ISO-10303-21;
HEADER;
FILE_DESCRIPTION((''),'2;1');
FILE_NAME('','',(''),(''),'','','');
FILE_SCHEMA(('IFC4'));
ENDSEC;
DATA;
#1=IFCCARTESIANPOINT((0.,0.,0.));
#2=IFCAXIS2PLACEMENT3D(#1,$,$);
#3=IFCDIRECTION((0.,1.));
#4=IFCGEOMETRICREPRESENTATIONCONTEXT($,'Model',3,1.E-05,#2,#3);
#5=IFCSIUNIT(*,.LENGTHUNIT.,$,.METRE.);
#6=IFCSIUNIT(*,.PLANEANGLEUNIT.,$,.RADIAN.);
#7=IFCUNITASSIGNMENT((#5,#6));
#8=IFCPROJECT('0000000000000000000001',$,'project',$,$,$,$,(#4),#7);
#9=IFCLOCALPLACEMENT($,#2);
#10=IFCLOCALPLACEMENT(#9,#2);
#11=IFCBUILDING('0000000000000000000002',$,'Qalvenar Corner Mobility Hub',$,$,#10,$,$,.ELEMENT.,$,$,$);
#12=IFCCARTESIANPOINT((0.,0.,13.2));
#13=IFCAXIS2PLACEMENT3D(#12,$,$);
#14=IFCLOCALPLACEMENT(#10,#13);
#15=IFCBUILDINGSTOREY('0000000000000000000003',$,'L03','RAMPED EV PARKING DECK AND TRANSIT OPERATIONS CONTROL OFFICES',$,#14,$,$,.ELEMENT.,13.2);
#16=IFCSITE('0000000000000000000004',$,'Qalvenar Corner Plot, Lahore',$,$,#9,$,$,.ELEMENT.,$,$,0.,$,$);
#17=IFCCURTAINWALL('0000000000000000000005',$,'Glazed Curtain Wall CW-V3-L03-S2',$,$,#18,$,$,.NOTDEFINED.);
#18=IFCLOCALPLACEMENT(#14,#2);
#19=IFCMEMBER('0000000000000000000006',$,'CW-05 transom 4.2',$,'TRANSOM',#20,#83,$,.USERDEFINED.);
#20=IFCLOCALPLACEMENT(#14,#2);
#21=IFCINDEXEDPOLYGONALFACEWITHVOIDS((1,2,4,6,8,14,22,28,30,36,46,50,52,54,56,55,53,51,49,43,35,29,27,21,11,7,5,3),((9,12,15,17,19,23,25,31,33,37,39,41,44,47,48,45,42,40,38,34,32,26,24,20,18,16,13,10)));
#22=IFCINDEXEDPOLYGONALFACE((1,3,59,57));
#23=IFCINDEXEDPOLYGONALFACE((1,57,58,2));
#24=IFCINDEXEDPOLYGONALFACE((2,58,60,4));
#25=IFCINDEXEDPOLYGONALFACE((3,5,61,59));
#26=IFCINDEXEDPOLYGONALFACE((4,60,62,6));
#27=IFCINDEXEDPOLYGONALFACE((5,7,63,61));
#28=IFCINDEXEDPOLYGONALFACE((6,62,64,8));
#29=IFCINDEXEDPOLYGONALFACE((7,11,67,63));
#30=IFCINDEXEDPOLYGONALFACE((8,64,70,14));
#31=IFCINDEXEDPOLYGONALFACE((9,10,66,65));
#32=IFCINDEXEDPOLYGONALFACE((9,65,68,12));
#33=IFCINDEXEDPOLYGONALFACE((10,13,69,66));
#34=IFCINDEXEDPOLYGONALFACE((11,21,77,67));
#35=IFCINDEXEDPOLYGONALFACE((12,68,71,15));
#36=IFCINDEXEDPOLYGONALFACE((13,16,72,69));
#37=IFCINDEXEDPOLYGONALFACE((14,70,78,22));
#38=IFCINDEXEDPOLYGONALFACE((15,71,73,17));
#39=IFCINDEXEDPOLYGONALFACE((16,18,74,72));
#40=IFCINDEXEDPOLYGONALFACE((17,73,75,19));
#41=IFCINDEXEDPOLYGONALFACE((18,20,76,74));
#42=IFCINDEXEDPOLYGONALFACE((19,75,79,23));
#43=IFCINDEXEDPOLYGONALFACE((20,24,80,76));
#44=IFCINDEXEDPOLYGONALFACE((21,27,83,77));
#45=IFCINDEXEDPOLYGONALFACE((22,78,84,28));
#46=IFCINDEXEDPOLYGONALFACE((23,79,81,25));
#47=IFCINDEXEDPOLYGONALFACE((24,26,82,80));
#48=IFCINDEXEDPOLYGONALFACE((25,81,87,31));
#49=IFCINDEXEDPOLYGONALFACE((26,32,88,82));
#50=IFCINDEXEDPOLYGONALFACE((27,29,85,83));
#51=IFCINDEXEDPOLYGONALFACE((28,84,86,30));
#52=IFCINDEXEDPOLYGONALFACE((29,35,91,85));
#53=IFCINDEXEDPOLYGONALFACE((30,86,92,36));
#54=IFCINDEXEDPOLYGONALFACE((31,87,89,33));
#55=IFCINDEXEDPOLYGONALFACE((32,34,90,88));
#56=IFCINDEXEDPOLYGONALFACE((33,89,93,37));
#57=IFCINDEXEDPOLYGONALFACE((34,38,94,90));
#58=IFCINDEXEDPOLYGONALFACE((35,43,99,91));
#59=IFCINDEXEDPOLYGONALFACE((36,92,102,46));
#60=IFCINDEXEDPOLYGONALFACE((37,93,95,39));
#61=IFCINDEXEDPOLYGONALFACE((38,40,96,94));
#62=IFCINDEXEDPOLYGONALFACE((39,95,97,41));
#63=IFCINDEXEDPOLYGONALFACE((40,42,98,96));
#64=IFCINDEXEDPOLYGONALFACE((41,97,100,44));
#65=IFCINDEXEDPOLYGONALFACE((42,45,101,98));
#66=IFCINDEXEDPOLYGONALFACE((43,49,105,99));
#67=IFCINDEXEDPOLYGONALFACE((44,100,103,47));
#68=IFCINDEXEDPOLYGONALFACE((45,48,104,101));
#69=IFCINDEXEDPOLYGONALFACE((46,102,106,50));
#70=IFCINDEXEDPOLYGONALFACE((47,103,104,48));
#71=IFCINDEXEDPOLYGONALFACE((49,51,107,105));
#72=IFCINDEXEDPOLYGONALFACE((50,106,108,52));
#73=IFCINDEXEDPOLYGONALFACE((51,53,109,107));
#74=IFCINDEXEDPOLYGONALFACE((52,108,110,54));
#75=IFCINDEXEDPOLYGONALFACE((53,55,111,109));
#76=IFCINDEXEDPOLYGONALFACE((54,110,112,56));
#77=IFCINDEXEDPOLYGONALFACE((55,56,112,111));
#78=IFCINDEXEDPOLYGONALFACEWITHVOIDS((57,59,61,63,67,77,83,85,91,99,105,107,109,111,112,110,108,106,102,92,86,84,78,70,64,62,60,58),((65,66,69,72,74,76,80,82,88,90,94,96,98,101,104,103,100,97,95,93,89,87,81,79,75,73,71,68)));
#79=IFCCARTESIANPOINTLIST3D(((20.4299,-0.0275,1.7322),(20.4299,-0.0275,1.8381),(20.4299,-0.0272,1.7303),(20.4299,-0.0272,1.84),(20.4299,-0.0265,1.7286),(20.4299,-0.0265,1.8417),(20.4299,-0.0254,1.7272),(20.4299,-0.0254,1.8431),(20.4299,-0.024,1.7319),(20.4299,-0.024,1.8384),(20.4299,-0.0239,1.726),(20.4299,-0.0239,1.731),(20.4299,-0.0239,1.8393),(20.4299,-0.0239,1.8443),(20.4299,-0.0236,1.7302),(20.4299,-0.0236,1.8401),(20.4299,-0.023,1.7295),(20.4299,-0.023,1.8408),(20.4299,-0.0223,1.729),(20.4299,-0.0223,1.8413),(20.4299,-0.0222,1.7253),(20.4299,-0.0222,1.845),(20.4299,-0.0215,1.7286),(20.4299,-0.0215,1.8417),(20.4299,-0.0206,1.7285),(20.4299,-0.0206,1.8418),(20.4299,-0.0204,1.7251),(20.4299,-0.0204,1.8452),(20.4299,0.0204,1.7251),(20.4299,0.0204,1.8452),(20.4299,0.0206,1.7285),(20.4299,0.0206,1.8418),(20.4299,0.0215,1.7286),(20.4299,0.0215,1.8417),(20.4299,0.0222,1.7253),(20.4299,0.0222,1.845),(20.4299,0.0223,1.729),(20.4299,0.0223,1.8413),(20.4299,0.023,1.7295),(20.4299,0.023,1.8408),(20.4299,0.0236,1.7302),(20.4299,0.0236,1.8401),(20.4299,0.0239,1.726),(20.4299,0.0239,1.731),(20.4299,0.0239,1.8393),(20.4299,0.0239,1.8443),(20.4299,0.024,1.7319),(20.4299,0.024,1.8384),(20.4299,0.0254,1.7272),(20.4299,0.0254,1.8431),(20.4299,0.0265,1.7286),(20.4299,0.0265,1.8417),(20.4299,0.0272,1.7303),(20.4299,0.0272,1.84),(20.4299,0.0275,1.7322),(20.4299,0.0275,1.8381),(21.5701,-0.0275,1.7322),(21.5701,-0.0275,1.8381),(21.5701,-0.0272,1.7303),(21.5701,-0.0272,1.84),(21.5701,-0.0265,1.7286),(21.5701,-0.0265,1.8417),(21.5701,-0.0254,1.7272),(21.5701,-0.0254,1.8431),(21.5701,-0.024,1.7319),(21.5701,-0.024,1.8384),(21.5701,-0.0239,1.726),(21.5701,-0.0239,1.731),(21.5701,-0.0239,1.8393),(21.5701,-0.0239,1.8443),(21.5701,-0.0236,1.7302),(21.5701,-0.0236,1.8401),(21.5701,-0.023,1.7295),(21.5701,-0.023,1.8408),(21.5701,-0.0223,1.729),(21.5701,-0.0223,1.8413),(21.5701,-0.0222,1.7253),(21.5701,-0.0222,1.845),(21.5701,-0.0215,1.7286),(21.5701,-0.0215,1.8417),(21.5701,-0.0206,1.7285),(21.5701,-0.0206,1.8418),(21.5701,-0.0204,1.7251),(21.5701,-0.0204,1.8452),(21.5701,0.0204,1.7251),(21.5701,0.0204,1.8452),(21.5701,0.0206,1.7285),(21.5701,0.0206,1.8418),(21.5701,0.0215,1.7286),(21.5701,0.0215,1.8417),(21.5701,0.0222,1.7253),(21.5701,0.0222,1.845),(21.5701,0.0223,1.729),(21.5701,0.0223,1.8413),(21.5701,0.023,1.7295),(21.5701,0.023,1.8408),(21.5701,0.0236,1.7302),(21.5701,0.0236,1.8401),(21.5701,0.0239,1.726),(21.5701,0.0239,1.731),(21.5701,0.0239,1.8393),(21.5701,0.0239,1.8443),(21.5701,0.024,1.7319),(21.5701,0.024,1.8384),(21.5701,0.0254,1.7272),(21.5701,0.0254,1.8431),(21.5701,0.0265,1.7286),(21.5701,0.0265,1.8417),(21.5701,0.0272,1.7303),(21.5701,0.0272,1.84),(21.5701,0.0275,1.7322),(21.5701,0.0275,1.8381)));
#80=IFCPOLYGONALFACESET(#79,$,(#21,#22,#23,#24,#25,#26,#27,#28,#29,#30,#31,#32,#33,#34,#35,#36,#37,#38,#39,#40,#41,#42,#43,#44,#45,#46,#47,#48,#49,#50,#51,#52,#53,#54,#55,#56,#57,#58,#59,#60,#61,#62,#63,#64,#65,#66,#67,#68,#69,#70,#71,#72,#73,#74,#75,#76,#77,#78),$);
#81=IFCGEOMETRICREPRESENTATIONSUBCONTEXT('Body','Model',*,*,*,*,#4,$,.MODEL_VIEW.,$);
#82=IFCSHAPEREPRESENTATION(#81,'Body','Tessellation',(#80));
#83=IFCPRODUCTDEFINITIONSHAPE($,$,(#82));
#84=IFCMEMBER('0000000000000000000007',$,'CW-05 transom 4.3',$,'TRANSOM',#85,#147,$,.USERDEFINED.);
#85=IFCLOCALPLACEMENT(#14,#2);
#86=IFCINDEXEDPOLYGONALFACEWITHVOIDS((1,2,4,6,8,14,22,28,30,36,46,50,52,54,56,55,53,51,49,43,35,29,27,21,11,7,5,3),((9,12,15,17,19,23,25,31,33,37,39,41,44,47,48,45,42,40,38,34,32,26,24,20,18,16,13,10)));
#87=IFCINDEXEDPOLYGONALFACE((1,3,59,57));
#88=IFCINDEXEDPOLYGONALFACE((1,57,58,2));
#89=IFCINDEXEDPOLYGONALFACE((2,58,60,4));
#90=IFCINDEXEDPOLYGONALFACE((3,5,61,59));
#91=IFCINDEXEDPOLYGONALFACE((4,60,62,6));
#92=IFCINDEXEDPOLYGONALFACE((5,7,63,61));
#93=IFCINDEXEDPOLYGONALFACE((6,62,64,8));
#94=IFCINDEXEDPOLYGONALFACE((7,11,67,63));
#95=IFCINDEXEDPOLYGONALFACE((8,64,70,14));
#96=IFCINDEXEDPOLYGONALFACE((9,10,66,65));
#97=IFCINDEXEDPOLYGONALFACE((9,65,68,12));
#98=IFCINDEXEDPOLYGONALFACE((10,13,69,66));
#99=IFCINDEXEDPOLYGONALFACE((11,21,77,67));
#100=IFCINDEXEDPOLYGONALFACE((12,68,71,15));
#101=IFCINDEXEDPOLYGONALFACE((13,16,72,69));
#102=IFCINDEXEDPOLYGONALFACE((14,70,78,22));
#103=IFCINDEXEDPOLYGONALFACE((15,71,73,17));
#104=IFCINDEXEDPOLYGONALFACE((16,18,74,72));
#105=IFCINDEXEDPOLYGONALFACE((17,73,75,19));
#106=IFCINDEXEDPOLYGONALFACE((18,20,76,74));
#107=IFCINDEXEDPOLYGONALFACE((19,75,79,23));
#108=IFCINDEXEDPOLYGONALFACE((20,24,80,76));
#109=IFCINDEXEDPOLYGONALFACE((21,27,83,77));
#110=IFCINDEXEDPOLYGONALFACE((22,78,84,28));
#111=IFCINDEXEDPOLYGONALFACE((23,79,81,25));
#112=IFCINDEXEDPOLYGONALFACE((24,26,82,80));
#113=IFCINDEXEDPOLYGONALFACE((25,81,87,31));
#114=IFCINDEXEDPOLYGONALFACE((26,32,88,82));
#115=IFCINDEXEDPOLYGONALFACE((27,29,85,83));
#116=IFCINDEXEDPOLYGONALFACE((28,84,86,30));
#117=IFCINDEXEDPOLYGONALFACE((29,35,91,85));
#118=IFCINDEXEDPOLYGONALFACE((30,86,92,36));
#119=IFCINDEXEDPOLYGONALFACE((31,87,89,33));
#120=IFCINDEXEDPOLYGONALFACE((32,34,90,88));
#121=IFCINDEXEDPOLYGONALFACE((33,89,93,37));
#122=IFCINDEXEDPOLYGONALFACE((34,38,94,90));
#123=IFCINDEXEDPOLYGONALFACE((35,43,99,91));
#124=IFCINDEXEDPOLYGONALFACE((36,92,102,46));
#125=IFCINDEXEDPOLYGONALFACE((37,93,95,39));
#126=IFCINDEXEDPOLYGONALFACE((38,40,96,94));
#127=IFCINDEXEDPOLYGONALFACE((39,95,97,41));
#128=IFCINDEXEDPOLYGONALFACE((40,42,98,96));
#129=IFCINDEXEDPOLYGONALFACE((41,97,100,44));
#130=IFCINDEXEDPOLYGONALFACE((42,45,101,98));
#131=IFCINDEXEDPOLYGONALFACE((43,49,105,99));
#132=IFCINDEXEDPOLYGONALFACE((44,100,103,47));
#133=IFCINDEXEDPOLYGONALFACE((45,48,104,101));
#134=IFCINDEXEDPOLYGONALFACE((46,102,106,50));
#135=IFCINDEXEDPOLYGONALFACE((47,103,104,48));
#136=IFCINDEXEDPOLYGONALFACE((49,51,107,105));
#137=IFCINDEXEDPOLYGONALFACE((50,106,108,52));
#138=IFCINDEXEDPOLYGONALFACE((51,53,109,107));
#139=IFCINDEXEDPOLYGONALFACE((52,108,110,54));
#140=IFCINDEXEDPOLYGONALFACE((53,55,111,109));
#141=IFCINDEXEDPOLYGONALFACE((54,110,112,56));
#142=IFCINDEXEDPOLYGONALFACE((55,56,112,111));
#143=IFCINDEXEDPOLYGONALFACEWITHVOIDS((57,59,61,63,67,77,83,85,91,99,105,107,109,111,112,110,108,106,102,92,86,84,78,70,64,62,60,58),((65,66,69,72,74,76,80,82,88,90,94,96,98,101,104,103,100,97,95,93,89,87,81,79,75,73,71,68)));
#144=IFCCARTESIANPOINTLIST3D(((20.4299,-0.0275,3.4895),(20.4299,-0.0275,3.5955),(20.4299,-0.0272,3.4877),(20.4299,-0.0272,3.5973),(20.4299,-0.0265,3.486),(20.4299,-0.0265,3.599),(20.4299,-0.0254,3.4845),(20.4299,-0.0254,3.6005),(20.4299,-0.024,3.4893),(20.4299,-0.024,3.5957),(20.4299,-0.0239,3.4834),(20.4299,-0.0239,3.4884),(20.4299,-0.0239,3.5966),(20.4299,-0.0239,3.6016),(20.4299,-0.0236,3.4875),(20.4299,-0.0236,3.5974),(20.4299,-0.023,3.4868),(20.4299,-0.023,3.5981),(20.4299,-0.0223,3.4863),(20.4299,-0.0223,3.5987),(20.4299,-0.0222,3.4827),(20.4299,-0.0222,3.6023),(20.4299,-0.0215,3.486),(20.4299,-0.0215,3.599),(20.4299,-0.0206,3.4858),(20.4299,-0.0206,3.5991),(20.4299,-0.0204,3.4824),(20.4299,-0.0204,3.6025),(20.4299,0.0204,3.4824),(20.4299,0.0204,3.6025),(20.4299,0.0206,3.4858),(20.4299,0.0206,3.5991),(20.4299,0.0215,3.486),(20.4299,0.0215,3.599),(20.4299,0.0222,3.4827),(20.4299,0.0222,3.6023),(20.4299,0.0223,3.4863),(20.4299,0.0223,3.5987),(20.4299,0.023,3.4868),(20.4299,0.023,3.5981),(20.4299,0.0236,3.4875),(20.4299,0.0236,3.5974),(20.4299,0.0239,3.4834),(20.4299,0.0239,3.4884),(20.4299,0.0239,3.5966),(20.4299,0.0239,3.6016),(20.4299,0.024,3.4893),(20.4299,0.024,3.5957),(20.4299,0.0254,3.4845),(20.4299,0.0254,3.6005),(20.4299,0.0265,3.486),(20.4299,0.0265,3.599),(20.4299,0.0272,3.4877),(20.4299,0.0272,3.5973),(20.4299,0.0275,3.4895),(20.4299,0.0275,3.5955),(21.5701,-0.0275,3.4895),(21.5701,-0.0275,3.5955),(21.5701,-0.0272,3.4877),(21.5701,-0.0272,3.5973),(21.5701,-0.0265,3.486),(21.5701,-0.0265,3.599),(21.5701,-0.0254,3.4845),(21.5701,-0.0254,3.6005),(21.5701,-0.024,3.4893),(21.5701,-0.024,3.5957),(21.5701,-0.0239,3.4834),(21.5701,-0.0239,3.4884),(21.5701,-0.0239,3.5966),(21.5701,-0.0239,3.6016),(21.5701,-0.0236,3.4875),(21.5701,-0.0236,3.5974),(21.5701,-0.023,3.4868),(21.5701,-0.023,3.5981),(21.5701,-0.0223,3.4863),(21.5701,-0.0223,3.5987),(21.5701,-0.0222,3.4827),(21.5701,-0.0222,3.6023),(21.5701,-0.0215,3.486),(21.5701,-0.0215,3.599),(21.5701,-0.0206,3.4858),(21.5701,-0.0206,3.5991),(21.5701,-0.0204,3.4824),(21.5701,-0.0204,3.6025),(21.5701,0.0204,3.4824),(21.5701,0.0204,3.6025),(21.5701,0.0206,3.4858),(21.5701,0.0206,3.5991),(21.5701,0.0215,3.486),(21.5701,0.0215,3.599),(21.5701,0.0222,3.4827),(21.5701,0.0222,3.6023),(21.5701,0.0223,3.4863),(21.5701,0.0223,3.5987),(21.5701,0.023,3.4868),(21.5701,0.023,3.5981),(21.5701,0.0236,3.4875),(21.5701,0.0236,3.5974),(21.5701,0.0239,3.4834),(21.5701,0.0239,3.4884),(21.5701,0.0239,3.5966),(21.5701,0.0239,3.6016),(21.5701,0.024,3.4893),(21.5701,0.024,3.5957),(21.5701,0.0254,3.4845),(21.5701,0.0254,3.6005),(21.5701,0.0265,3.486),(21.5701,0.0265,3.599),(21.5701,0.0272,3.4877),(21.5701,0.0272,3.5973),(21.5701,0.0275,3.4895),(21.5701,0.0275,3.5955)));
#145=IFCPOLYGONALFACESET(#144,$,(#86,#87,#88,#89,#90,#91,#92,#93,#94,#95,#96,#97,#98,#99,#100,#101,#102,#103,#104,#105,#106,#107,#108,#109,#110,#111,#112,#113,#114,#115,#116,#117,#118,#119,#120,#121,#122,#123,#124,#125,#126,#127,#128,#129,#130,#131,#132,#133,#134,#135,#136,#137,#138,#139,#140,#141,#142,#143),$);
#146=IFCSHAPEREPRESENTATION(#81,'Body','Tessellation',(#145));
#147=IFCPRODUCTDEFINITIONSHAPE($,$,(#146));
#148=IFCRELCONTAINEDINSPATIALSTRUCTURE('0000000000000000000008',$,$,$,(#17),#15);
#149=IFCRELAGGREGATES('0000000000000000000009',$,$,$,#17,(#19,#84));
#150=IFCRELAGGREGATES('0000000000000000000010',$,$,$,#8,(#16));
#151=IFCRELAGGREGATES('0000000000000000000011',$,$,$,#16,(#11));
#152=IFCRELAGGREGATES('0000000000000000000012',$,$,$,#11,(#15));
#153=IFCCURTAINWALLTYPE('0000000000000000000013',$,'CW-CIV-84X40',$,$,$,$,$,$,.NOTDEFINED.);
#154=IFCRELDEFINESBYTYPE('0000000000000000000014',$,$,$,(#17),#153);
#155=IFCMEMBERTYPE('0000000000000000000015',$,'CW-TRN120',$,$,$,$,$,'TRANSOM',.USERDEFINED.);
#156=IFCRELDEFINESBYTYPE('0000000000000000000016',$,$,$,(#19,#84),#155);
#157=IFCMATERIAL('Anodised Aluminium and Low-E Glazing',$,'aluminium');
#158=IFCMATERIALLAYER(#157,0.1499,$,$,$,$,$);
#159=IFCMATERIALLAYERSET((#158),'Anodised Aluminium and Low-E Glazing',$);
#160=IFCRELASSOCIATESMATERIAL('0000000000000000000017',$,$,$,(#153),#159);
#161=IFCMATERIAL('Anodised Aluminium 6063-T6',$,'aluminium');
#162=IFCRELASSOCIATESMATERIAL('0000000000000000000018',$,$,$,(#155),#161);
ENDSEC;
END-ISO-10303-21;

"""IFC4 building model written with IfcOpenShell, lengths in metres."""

from ifc_helpers import new_model, si_unit, direction, frame, origin, origin_2d, place, context, subcontext, project, spatial, hollow_rectangle, extrude, material, layer, layer_set, material_profile, profile_set, type_object, element, aggregate, save


model = new_model("IFC4")

# Units and contexts
model_context = context("Model", 3, precision=1e-05, world=origin(), true_north=direction((0.0, 1.0)))
body_context = subcontext(model_context, "Body", "Model", "MODEL_VIEW")
ifc_project = project(units=[si_unit("LENGTHUNIT", "METRE"), si_unit("PLANEANGLEUNIT", "RADIAN")], contexts=[model_context])

# Site, building, storey
site_placement = place(None, origin())
site = spatial("IfcSite", under=ifc_project, at=site_placement, Name="Qalvenar Corner Plot, Lahore", CompositionType="ELEMENT", RefElevation=0.0)
building_placement = place(site_placement, origin())
building = spatial("IfcBuilding", under=site, at=building_placement, Name="Qalvenar Corner Mobility Hub", CompositionType="ELEMENT")
storey_placement = place(building_placement, frame((0.0, 0.0, 13.2)))
storey = spatial("IfcBuildingStorey", under=building, at=storey_placement, Name="L03", Description="RAMPED EV PARKING DECK AND TRANSIT OPERATIONS CONTROL OFFICES", CompositionType="ELEMENT", Elevation=13.2)

# Curtain wall, members
ifc_material_1 = material(Name="Anodised Aluminium and Low-E Glazing", Category="aluminium")
ifc_layer_1 = layer(ifc_material_1, 0.1499)
ifc_layer_set_1 = layer_set([ifc_layer_1], Name="Anodised Aluminium and Low-E Glazing")
curtain_wall_type = type_object("IfcCurtainWallType", Name="CW-CIV-84X40", PredefinedType="NOTDEFINED", material=ifc_layer_set_1)
curtain_wall_placement = place(storey_placement, origin())
curtain_wall = element("IfcCurtainWall", 1, at=curtain_wall_placement, inside=storey, type_object=curtain_wall_type, Name="Glazed Curtain Wall CW-V3-L03-S2", PredefinedType="NOTDEFINED")
ifc_material_2 = material(Name="Anodised Aluminium 6063-T6", Category="aluminium")
ifc_material_profile_1 = material_profile(ifc_material_2, hollow_rectangle(XDim=0.0549, YDim=0.1201, WallThickness=0.0034, InnerFilletRadius=0.0034, OuterFilletRadius=0.0071, at=origin_2d()), Name="RHS120x55x3.5")
ifc_profile_set_1 = profile_set([ifc_material_profile_1], Name="Anodised Aluminium 6063-T6")
member_type_1 = type_object("IfcMemberType", Name="CW-TRN120", ElementType="TRANSOM", PredefinedType="USERDEFINED", material=ifc_profile_set_1)
member_1_placement = place(storey_placement, frame((20.4299, 0.0, 1.7852), z_axis=(1.0, 0.0, 0.0), x_axis=(0.0, 1.0, 0.0)))
member_1 = element("IfcMember", 2, at=member_1_placement, type_object=member_type_1, Name="CW-05 transom 4.2", ObjectType="TRANSOM", PredefinedType="USERDEFINED", context=body_context, shape_type="SweptSolid", body=[
    extrude(hollow_rectangle(XDim=0.0549, YDim=0.1201, WallThickness=0.0034, InnerFilletRadius=0.0034, OuterFilletRadius=0.0071, at=origin_2d()), origin(), (0.0, 0.0, 1.0), 1.1401),
])
member_2_placement = place(storey_placement, frame((20.4299, 0.0, 3.5425), z_axis=(1.0, 0.0, 0.0), x_axis=(0.0, 1.0, 0.0)))
member_2 = element("IfcMember", 3, at=member_2_placement, type_object=member_type_1, Name="CW-05 transom 4.3", ObjectType="TRANSOM", PredefinedType="USERDEFINED", context=body_context, shape_type="SweptSolid", body=[
    extrude(hollow_rectangle(XDim=0.0549, YDim=0.1201, WallThickness=0.0034, InnerFilletRadius=0.0034, OuterFilletRadius=0.0071, at=origin_2d()), origin(), (0.0, 0.0, 1.0), 1.1401),
])
aggregate(curtain_wall, [member_1, member_2])

save(model, "model.ifc")
